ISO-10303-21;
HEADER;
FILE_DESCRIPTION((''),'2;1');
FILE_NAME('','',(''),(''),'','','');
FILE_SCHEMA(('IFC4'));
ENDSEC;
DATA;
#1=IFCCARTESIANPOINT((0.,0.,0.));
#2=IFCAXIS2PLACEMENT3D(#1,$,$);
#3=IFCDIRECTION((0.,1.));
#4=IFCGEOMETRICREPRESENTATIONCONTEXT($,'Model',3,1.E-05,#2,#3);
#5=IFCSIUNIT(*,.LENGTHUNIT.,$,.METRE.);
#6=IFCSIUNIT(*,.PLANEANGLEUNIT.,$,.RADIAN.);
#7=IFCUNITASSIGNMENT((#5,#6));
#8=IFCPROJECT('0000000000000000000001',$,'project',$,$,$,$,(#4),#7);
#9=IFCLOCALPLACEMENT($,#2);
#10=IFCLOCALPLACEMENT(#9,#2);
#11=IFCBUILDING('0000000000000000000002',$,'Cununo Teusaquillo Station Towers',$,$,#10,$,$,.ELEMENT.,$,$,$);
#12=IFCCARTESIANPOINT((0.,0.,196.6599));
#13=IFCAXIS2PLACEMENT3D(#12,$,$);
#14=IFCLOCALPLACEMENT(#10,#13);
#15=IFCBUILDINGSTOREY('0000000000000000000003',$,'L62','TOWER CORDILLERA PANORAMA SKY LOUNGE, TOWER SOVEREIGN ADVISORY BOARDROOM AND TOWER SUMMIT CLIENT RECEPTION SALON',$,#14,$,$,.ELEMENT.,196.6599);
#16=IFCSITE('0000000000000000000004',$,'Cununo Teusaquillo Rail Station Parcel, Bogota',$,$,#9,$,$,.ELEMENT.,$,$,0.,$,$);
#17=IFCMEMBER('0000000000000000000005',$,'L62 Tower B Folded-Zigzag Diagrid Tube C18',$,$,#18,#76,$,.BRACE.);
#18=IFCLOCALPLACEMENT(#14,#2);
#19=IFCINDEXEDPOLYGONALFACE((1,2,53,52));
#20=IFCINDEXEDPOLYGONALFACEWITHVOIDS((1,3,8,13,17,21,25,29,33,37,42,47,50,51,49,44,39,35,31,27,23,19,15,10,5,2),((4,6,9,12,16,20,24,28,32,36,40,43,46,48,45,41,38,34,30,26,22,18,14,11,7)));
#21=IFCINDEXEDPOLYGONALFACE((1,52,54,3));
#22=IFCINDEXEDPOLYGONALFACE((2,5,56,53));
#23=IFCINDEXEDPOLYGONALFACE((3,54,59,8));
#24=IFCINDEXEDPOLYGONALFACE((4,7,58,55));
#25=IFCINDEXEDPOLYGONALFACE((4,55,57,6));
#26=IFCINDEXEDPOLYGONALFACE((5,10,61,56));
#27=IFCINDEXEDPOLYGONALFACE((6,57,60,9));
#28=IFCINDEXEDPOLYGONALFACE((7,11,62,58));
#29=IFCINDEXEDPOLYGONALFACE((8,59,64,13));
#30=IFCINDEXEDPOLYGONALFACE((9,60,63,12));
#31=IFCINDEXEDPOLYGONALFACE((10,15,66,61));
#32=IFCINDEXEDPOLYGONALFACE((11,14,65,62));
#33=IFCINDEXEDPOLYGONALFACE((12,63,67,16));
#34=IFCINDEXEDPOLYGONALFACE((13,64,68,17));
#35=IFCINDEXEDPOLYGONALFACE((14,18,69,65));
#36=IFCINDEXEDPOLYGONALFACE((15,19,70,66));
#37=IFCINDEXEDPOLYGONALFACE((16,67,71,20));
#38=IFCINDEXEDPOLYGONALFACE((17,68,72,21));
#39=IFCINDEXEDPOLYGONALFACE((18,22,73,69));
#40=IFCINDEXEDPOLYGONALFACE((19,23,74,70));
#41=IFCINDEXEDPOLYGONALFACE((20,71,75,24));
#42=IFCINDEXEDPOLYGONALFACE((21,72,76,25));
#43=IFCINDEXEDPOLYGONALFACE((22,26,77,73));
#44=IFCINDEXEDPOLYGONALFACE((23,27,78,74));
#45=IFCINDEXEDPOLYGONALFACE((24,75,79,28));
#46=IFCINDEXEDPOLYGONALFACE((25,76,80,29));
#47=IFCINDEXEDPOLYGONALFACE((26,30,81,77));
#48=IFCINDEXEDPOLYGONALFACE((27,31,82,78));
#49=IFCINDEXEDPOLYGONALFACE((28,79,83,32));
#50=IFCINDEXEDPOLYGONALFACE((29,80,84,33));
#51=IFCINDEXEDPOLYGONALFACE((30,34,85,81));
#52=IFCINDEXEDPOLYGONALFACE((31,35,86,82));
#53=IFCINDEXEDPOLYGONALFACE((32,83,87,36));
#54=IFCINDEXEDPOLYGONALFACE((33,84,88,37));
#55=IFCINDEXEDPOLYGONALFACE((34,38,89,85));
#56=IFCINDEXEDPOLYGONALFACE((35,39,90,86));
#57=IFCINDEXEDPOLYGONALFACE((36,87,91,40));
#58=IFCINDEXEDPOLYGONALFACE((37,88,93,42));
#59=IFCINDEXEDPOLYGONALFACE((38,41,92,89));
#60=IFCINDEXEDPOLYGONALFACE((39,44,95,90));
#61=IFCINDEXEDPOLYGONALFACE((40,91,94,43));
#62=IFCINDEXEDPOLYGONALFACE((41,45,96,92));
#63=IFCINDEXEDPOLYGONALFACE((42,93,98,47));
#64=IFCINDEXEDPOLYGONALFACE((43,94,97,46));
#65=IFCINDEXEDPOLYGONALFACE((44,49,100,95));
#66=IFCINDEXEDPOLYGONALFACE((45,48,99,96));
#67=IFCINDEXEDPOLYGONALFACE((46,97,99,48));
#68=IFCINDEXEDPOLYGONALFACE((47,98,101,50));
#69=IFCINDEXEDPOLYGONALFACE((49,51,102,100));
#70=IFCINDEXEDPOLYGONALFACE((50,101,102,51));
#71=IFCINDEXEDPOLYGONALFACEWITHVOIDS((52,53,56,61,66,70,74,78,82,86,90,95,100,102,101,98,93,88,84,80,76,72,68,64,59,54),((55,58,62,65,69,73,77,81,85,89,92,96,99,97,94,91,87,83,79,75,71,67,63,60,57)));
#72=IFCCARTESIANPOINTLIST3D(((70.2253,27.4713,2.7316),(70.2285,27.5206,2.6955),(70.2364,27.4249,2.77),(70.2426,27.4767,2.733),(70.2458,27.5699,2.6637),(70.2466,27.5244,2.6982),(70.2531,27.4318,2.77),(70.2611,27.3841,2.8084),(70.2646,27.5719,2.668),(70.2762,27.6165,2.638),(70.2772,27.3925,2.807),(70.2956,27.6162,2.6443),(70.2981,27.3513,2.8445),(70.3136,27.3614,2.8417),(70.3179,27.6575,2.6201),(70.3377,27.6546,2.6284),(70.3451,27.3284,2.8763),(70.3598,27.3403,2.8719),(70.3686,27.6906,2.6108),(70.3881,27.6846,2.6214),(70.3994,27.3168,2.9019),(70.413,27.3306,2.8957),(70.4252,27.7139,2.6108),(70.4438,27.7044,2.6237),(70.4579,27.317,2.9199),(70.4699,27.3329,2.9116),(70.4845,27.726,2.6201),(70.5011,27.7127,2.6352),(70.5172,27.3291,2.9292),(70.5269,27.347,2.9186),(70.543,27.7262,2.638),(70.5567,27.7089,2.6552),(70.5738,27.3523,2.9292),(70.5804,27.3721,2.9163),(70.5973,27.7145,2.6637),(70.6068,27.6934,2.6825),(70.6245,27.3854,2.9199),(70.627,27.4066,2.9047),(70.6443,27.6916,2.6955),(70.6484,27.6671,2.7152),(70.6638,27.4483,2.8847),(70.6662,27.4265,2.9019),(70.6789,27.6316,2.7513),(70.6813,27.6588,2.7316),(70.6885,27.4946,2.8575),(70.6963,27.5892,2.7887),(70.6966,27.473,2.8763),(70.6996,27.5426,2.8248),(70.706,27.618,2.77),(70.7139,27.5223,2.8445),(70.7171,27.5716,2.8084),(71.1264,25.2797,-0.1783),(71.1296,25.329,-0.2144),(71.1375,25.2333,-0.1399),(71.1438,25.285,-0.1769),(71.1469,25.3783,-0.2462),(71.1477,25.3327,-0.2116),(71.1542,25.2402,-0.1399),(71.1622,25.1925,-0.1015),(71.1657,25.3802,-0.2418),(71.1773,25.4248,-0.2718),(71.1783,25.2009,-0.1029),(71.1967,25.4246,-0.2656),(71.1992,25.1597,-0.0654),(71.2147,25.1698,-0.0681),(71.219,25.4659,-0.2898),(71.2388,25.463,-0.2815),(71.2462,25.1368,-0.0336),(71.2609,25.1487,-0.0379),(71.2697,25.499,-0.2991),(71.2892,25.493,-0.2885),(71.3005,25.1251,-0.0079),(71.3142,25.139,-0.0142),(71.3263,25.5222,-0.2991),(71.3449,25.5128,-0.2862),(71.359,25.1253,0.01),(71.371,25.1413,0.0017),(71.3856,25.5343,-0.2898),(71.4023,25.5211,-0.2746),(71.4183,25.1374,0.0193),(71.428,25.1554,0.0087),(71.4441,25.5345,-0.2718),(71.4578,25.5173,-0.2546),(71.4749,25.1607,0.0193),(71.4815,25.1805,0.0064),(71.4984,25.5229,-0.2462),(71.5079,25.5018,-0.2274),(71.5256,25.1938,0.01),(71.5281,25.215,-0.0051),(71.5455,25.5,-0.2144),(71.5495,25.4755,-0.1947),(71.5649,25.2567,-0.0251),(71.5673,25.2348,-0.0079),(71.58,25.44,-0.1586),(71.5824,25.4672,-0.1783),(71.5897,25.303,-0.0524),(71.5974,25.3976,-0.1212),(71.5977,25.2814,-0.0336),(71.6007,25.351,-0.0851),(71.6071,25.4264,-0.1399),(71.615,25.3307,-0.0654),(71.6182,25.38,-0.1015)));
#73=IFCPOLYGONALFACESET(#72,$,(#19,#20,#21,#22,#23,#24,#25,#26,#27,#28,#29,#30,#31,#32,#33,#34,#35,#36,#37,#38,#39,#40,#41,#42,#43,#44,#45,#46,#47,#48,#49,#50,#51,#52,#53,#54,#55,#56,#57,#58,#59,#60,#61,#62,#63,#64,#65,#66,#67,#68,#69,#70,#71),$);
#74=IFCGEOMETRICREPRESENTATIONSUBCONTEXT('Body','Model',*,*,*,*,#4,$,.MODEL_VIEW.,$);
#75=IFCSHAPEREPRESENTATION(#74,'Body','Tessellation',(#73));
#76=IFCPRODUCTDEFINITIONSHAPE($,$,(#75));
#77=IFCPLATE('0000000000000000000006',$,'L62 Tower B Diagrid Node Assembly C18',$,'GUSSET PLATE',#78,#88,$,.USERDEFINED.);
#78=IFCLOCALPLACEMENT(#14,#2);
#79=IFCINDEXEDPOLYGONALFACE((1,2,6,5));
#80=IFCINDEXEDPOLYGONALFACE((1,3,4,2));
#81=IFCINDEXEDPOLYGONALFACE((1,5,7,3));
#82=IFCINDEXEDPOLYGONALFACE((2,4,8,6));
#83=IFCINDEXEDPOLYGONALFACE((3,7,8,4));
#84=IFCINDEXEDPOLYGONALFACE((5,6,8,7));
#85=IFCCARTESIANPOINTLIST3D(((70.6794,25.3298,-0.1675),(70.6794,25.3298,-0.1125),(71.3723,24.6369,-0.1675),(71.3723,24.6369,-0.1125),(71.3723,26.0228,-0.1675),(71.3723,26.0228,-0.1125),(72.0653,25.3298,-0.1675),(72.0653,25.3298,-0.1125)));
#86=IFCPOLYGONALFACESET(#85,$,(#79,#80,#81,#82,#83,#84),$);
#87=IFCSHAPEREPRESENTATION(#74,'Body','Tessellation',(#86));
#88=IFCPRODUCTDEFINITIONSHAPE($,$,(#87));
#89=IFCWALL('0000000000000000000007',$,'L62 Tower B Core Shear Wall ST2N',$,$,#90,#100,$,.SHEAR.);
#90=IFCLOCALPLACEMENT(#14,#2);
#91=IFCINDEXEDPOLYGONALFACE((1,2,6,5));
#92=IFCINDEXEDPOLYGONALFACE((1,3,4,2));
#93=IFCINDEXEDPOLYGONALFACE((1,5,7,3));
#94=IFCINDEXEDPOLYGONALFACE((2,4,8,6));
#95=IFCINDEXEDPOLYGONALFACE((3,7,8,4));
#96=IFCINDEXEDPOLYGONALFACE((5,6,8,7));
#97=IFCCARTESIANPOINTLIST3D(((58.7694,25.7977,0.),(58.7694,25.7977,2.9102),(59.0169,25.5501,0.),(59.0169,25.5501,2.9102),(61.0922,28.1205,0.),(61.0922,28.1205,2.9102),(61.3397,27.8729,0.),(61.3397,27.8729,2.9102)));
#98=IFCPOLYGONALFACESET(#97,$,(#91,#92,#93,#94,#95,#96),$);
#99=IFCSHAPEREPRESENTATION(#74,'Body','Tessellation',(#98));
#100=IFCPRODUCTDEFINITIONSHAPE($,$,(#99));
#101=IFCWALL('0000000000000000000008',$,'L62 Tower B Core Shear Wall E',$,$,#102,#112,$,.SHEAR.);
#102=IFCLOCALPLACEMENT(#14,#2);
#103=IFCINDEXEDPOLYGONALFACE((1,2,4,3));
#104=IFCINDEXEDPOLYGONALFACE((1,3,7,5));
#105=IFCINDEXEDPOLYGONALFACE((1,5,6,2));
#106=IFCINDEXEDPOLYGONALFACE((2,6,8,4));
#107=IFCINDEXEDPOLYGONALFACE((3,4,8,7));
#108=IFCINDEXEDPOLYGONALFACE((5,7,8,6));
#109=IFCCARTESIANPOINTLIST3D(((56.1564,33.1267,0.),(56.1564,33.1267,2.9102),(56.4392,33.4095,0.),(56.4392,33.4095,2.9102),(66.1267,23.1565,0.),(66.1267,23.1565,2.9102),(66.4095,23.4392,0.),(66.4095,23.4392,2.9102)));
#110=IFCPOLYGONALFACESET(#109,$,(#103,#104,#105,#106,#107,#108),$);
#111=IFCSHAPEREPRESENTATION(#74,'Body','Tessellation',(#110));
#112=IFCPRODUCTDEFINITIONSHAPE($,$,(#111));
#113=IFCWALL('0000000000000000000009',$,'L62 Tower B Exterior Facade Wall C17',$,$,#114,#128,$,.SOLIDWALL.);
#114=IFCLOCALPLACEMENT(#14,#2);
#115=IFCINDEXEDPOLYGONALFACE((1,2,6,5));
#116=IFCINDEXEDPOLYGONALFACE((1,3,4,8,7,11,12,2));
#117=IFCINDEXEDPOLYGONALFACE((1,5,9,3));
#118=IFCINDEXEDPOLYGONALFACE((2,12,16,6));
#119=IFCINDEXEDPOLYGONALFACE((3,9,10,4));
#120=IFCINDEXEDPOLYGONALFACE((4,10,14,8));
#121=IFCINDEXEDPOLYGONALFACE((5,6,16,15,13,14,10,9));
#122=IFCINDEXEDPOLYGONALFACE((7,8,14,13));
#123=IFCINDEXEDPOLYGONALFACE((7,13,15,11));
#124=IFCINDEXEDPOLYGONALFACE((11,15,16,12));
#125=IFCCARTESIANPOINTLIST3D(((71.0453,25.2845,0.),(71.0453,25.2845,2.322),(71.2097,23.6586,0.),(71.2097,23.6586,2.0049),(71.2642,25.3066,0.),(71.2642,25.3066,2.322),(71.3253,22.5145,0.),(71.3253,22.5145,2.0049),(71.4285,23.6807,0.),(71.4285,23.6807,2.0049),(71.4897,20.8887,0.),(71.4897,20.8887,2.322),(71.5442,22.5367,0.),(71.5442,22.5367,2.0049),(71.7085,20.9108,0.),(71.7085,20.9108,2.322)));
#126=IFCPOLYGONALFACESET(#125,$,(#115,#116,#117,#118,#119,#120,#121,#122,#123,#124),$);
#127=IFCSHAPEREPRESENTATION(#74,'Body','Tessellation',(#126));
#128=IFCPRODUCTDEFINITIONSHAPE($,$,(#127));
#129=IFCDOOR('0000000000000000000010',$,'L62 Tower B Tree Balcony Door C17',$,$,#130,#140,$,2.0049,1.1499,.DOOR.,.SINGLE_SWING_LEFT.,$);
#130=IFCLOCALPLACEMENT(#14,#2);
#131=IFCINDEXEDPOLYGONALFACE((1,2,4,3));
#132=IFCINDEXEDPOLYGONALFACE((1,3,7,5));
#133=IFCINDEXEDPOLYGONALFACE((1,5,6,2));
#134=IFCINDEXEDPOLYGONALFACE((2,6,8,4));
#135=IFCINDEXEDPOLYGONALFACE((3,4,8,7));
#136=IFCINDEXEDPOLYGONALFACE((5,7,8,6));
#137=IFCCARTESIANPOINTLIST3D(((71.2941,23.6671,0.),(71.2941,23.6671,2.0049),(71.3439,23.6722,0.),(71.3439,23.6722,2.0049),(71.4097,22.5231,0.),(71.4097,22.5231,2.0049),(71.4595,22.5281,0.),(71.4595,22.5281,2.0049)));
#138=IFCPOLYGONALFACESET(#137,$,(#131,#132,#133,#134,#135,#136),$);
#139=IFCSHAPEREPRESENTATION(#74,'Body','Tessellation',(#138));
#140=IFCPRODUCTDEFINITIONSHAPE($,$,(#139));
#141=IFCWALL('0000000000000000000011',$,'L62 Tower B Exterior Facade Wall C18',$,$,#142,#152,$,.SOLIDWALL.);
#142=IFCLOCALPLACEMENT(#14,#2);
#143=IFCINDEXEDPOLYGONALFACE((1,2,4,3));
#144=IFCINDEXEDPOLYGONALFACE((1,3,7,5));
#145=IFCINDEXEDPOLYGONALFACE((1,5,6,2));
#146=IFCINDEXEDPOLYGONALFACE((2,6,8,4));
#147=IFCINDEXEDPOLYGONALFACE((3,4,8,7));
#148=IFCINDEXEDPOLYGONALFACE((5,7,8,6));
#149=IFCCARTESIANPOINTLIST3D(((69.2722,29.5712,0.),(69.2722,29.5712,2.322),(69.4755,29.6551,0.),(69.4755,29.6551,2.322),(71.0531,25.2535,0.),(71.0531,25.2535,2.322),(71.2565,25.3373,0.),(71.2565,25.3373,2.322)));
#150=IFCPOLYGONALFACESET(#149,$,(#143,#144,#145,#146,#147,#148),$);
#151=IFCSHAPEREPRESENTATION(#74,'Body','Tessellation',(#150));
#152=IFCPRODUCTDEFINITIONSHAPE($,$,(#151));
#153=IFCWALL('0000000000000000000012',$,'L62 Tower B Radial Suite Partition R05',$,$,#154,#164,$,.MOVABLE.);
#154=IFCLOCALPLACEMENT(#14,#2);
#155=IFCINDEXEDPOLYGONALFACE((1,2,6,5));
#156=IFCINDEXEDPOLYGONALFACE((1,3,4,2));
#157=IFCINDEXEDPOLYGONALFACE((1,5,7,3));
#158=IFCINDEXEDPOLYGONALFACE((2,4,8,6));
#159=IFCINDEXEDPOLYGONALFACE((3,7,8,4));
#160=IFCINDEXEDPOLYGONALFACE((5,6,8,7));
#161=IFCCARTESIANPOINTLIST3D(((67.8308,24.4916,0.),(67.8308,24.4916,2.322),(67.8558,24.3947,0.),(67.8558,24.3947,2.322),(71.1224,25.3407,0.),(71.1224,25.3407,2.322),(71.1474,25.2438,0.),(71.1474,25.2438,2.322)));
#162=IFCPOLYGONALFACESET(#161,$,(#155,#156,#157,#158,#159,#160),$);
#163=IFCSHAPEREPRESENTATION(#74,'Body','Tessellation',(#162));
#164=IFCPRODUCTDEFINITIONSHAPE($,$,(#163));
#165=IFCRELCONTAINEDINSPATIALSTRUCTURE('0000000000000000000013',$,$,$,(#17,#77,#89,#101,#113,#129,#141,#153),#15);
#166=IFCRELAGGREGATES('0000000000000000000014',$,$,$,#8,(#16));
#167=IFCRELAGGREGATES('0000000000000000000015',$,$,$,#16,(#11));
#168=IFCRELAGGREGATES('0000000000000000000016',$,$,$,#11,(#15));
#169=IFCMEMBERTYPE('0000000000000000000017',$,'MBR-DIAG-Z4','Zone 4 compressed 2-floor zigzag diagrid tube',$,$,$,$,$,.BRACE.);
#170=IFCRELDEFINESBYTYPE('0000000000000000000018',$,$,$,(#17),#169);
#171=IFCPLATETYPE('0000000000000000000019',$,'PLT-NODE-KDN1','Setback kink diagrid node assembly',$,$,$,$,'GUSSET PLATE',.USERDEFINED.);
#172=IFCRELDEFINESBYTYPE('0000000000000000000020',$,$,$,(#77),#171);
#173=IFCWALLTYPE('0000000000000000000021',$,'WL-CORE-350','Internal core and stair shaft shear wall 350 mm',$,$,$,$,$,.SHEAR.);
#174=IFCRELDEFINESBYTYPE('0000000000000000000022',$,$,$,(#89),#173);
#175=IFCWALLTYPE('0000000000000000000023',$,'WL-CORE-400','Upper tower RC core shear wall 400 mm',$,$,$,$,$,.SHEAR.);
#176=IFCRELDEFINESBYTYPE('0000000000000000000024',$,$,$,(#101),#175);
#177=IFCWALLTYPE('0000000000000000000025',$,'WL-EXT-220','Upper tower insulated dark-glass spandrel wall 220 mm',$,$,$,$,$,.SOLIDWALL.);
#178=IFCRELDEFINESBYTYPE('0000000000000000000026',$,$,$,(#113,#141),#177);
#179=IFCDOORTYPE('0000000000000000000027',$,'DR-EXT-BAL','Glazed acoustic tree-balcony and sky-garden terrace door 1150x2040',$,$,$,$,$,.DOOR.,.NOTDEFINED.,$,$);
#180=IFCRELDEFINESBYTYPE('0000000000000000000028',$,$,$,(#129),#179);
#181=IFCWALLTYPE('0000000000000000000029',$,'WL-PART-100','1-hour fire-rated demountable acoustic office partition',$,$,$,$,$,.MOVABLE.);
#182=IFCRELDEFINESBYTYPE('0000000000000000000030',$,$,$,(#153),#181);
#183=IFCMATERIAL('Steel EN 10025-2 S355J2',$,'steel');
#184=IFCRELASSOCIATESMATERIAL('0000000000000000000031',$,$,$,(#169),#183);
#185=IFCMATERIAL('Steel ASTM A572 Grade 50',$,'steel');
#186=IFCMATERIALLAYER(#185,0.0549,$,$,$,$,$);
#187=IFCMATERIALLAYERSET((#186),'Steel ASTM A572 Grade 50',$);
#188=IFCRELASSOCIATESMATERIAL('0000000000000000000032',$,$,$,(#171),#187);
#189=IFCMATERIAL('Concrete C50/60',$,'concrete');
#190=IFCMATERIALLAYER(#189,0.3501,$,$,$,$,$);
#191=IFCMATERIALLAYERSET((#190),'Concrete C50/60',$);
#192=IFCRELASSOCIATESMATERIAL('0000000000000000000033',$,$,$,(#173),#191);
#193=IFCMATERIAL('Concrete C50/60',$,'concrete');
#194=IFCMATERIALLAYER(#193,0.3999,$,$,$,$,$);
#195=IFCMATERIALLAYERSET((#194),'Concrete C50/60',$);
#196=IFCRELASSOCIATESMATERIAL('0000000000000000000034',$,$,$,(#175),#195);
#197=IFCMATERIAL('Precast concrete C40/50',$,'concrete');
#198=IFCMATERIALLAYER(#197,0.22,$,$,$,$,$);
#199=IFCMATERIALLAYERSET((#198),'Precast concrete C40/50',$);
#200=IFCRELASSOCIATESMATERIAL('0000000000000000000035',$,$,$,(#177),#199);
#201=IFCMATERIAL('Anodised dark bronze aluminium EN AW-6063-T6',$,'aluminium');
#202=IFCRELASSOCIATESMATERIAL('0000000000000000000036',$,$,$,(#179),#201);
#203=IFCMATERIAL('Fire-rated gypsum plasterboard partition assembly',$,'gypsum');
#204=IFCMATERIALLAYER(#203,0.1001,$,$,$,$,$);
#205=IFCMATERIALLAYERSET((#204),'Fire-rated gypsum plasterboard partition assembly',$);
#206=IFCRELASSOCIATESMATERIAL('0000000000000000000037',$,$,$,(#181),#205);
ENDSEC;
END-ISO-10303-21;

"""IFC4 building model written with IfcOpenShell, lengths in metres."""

from ifc_helpers import new_model, si_unit, direction, frame, frame_2d, origin, origin_2d, place, context, subcontext, project, spatial, rectangle, hollow_circle, extrude, source, transform, mapped, material, layer, layer_set, material_profile, profile_set, type_object, element, fill, save


model = new_model("IFC4")

# Units and contexts
model_context = context("Model", 3, precision=1e-05, world=origin(), true_north=direction((0.0, 1.0)))
body_context = subcontext(model_context, "Body", "Model", "MODEL_VIEW")
ifc_project = project(units=[si_unit("LENGTHUNIT", "METRE"), si_unit("PLANEANGLEUNIT", "RADIAN")], contexts=[model_context])

# Site, building, storey
site_placement = place(None, origin())
site = spatial("IfcSite", under=ifc_project, at=site_placement, Name="Cununo Teusaquillo Rail Station Parcel, Bogota", CompositionType="ELEMENT", RefElevation=0.0)
building_placement = place(site_placement, origin())
building = spatial("IfcBuilding", under=site, at=building_placement, Name="Cununo Teusaquillo Station Towers", CompositionType="ELEMENT")
storey_placement = place(building_placement, frame((0.0, 0.0, 196.6599)))
storey = spatial("IfcBuildingStorey", under=building, at=storey_placement, Name="L62", Description="TOWER CORDILLERA PANORAMA SKY LOUNGE, TOWER SOVEREIGN ADVISORY BOARDROOM AND TOWER SUMMIT CLIENT RECEPTION SALON", CompositionType="ELEMENT", Elevation=196.6599)

# Member
ifc_material_1 = material(Name="Steel EN 10025-2 S355J2", Category="steel")
ifc_material_profile_1 = material_profile(ifc_material_1, hollow_circle(Radius=0.2539, WallThickness=0.0181, at=origin_2d()), Name="CHS 508x18")
ifc_profile_set_1 = profile_set([ifc_material_profile_1], Name="Steel EN 10025-2 S355J2")
member_type = type_object("IfcMemberType", Name="MBR-DIAG-Z4", Description="Zone 4 compressed 2-floor zigzag diagrid tube", PredefinedType="BRACE", material=ifc_profile_set_1)
member_placement = place(storey_placement, frame((71.3723, 25.3298, -0.1399), z_axis=(-0.240125, 0.584016, 0.775413), x_axis=(-0.924874, -0.380273, 0.0)))
element("IfcMember", 1, at=member_placement, inside=storey, type_object=member_type, Name="L62 Tower B Folded-Zigzag Diagrid Tube C18", PredefinedType="BRACE", context=body_context, shape_type="SweptSolid", body=[
    extrude(hollow_circle(Radius=0.2539, WallThickness=0.0181, at=origin_2d()), origin(), (0.0, 0.0, 1.0), 3.7527),
])

# Plate
ifc_material_2 = material(Name="Steel ASTM A572 Grade 50", Category="steel")
ifc_layer_1 = layer(ifc_material_2, 0.0549)
ifc_layer_set_1 = layer_set([ifc_layer_1], Name="Steel ASTM A572 Grade 50")
plate_type = type_object("IfcPlateType", Name="PLT-NODE-KDN1", Description="Setback kink diagrid node assembly", ElementType="GUSSET PLATE", PredefinedType="USERDEFINED", material=ifc_layer_set_1)
shared_shape_1 = source(origin(), body_context, "Body", "SweptSolid", [
    extrude(rectangle(XDim=0.98, YDim=0.98, at=origin_2d()), origin(), (0.0, 0.0, 1.0), 0.0549),
])
plate_placement = place(storey_placement, frame((71.3723, 25.3298, -0.1675), z_axis=(0.0, 0.0, 1.0), x_axis=(0.707107, 0.707107, 0.0)))
element("IfcPlate", 2, at=plate_placement, inside=storey, type_object=plate_type, Name="L62 Tower B Diagrid Node Assembly C18", ObjectType="GUSSET PLATE", PredefinedType="USERDEFINED", context=body_context, shape_type="MappedRepresentation", body=[
    mapped(shared_shape_1, transform((0.0, 0.0, 0.0), x_axis=(1.0, 0.0, 0.0), y_axis=(0.0, 1.0, 0.0), z_axis=(0.0, 0.0, 1.0), scale=1.0)),
])

# Walls
ifc_material_3 = material(Name="Concrete C50/60", Category="concrete")
ifc_layer_2 = layer(ifc_material_3, 0.3501)
ifc_layer_set_2 = layer_set([ifc_layer_2], Name="Concrete C50/60")
wall_type_1 = type_object("IfcWallType", Name="WL-CORE-350", Description="Internal core and stair shaft shear wall 350 mm", PredefinedType="SHEAR", material=ifc_layer_set_2)
wall_1_placement = place(storey_placement, frame((58.8931, 25.6738, 0.0), z_axis=(0.0, 0.0, 1.0), x_axis=(0.707107, 0.707107, 0.0)))
element("IfcWall", 3, at=wall_1_placement, inside=storey, type_object=wall_type_1, Name="L62 Tower B Core Shear Wall ST2N", PredefinedType="SHEAR", context=body_context, shape_type="SweptSolid", body=[
    extrude(rectangle(XDim=3.2849, YDim=0.3501, at=frame_2d((1.6426, 0.0))), origin(), (0.0, 0.0, 1.0), 2.9102),
])
ifc_material_4 = material(Name="Concrete C50/60", Category="concrete")
ifc_layer_3 = layer(ifc_material_4, 0.3999)
ifc_layer_set_3 = layer_set([ifc_layer_3], Name="Concrete C50/60")
wall_type_2 = type_object("IfcWallType", Name="WL-CORE-400", Description="Upper tower RC core shear wall 400 mm", PredefinedType="SHEAR", material=ifc_layer_set_3)
wall_2_placement = place(storey_placement, frame((66.2681, 23.2979, 0.0), z_axis=(0.0, 0.0, 1.0), x_axis=(-0.707107, 0.707107, 0.0)))
element("IfcWall", 4, at=wall_2_placement, inside=storey, type_object=wall_type_2, Name="L62 Tower B Core Shear Wall E", PredefinedType="SHEAR", context=body_context, shape_type="SweptSolid", body=[
    extrude(rectangle(XDim=14.1001, YDim=0.3999, at=frame_2d((7.05, 0.0))), origin(), (0.0, 0.0, 1.0), 2.9102),
])

# Wall, opening, door
ifc_material_5 = material(Name="Precast concrete C40/50", Category="concrete")
ifc_layer_4 = layer(ifc_material_5, 0.22)
ifc_layer_set_4 = layer_set([ifc_layer_4], Name="Precast concrete C40/50")
wall_type_3 = type_object("IfcWallType", Name="WL-EXT-220", Description="Upper tower insulated dark-glass spandrel wall 220 mm", PredefinedType="SOLIDWALL", material=ifc_layer_set_4)
wall_3_placement = place(storey_placement, frame((71.1548, 25.2954, 0.0), z_axis=(0.0, 0.0, 1.0), x_axis=(0.100571, -0.99493, 0.0)))
wall_3 = element("IfcWall", 5, at=wall_3_placement, inside=storey, type_object=wall_type_3, Name="L62 Tower B Exterior Facade Wall C17", PredefinedType="SOLIDWALL", context=body_context, shape_type="SweptSolid", body=[
    extrude(rectangle(XDim=4.4182, YDim=0.22, at=frame_2d((2.209, 0.0))), origin(), (0.0, 0.0, 1.0), 2.322),
])
shared_shape_2 = source(origin(), body_context, "Body", "SweptSolid", [
    extrude(rectangle(XDim=1.1499, YDim=2.0049, at=frame_2d((0.575, 1.0024))), frame((0.0, 0.1199, 0.0), z_axis=(0.0, -1.0, 0.0), x_axis=(1.0, 0.0, 0.0)), (0.0, 0.0, 1.0), 0.24),
])
opening_1_placement = place(wall_3_placement, frame((1.634, 0.0, 0.0)))
opening_1 = element("IfcOpeningElement", 6, at=opening_1_placement, cuts=wall_3, PredefinedType="OPENING", context=body_context, shape_type="MappedRepresentation", body=[
    mapped(shared_shape_2, transform((0.0, 0.0, 0.0), x_axis=(1.0, 0.0, 0.0), y_axis=(0.0, 1.0, 0.0), z_axis=(0.0, 0.0, 1.0), scale=1.0)),
])
ifc_material_6 = material(Name="Anodised dark bronze aluminium EN AW-6063-T6", Category="aluminium")
door_type_1 = type_object("IfcDoorType", Name="DR-EXT-BAL", Description="Glazed acoustic tree-balcony and sky-garden terrace door 1150x2040", OperationType="NOTDEFINED", PredefinedType="DOOR", material=ifc_material_6)
shared_shape_3 = source(origin(), body_context, "Body", "SweptSolid", [
    extrude(rectangle(XDim=1.1499, YDim=2.0049, at=frame_2d((0.575, 1.0024))), frame((0.0, 0.0249, 0.0), z_axis=(0.0, -1.0, 0.0), x_axis=(1.0, 0.0, 0.0)), (0.0, 0.0, 1.0), 0.05),
])
door_1_placement = place(opening_1_placement, origin())
door_1 = element("IfcDoor", 7, at=door_1_placement, inside=storey, type_object=door_type_1, Name="L62 Tower B Tree Balcony Door C17", OperationType="SINGLE_SWING_LEFT", OverallHeight=2.0049, OverallWidth=1.1499, PredefinedType="DOOR", context=body_context, shape_type="MappedRepresentation", body=[
    mapped(shared_shape_3, transform((0.0, 0.0, 0.0), x_axis=(1.0, 0.0, 0.0), y_axis=(0.0, 1.0, 0.0), z_axis=(0.0, 0.0, 1.0), scale=1.0)),
])
fill(opening_1, door_1)

# Walls
wall_4_placement = place(storey_placement, frame((69.3738, 29.6133, 0.0), z_axis=(0.0, 0.0, 1.0), x_axis=(0.38131, -0.924447, 0.0)))
element("IfcWall", 8, at=wall_4_placement, inside=storey, type_object=wall_type_3, Name="L62 Tower B Exterior Facade Wall C18", PredefinedType="SOLIDWALL", context=body_context, shape_type="SweptSolid", body=[
    extrude(rectangle(XDim=4.6707, YDim=0.22, at=frame_2d((2.3354, 0.0))), origin(), (0.0, 0.0, 1.0), 2.322),
])
ifc_material_7 = material(Name="Fire-rated gypsum plasterboard partition assembly", Category="gypsum")
ifc_layer_5 = layer(ifc_material_7, 0.1001)
ifc_layer_set_5 = layer_set([ifc_layer_5], Name="Fire-rated gypsum plasterboard partition assembly")
wall_type_4 = type_object("IfcWallType", Name="WL-PART-100", Description="1-hour fire-rated demountable acoustic office partition", PredefinedType="MOVABLE", material=ifc_layer_set_5)
wall_5_placement = place(storey_placement, frame((67.8433, 24.4431, 0.0), z_axis=(0.0, 0.0, 1.0), x_axis=(0.968303, 0.249778, 0.0)))
element("IfcWall", 9, at=wall_5_placement, inside=storey, type_object=wall_type_4, Name="L62 Tower B Radial Suite Partition R05", PredefinedType="MOVABLE", context=body_context, shape_type="SweptSolid", body=[
    extrude(rectangle(XDim=3.3994, YDim=0.1001, at=frame_2d((1.6997, 0.0))), origin(), (0.0, 0.0, 1.0), 2.322),
])

save(model, "model.ifc")
